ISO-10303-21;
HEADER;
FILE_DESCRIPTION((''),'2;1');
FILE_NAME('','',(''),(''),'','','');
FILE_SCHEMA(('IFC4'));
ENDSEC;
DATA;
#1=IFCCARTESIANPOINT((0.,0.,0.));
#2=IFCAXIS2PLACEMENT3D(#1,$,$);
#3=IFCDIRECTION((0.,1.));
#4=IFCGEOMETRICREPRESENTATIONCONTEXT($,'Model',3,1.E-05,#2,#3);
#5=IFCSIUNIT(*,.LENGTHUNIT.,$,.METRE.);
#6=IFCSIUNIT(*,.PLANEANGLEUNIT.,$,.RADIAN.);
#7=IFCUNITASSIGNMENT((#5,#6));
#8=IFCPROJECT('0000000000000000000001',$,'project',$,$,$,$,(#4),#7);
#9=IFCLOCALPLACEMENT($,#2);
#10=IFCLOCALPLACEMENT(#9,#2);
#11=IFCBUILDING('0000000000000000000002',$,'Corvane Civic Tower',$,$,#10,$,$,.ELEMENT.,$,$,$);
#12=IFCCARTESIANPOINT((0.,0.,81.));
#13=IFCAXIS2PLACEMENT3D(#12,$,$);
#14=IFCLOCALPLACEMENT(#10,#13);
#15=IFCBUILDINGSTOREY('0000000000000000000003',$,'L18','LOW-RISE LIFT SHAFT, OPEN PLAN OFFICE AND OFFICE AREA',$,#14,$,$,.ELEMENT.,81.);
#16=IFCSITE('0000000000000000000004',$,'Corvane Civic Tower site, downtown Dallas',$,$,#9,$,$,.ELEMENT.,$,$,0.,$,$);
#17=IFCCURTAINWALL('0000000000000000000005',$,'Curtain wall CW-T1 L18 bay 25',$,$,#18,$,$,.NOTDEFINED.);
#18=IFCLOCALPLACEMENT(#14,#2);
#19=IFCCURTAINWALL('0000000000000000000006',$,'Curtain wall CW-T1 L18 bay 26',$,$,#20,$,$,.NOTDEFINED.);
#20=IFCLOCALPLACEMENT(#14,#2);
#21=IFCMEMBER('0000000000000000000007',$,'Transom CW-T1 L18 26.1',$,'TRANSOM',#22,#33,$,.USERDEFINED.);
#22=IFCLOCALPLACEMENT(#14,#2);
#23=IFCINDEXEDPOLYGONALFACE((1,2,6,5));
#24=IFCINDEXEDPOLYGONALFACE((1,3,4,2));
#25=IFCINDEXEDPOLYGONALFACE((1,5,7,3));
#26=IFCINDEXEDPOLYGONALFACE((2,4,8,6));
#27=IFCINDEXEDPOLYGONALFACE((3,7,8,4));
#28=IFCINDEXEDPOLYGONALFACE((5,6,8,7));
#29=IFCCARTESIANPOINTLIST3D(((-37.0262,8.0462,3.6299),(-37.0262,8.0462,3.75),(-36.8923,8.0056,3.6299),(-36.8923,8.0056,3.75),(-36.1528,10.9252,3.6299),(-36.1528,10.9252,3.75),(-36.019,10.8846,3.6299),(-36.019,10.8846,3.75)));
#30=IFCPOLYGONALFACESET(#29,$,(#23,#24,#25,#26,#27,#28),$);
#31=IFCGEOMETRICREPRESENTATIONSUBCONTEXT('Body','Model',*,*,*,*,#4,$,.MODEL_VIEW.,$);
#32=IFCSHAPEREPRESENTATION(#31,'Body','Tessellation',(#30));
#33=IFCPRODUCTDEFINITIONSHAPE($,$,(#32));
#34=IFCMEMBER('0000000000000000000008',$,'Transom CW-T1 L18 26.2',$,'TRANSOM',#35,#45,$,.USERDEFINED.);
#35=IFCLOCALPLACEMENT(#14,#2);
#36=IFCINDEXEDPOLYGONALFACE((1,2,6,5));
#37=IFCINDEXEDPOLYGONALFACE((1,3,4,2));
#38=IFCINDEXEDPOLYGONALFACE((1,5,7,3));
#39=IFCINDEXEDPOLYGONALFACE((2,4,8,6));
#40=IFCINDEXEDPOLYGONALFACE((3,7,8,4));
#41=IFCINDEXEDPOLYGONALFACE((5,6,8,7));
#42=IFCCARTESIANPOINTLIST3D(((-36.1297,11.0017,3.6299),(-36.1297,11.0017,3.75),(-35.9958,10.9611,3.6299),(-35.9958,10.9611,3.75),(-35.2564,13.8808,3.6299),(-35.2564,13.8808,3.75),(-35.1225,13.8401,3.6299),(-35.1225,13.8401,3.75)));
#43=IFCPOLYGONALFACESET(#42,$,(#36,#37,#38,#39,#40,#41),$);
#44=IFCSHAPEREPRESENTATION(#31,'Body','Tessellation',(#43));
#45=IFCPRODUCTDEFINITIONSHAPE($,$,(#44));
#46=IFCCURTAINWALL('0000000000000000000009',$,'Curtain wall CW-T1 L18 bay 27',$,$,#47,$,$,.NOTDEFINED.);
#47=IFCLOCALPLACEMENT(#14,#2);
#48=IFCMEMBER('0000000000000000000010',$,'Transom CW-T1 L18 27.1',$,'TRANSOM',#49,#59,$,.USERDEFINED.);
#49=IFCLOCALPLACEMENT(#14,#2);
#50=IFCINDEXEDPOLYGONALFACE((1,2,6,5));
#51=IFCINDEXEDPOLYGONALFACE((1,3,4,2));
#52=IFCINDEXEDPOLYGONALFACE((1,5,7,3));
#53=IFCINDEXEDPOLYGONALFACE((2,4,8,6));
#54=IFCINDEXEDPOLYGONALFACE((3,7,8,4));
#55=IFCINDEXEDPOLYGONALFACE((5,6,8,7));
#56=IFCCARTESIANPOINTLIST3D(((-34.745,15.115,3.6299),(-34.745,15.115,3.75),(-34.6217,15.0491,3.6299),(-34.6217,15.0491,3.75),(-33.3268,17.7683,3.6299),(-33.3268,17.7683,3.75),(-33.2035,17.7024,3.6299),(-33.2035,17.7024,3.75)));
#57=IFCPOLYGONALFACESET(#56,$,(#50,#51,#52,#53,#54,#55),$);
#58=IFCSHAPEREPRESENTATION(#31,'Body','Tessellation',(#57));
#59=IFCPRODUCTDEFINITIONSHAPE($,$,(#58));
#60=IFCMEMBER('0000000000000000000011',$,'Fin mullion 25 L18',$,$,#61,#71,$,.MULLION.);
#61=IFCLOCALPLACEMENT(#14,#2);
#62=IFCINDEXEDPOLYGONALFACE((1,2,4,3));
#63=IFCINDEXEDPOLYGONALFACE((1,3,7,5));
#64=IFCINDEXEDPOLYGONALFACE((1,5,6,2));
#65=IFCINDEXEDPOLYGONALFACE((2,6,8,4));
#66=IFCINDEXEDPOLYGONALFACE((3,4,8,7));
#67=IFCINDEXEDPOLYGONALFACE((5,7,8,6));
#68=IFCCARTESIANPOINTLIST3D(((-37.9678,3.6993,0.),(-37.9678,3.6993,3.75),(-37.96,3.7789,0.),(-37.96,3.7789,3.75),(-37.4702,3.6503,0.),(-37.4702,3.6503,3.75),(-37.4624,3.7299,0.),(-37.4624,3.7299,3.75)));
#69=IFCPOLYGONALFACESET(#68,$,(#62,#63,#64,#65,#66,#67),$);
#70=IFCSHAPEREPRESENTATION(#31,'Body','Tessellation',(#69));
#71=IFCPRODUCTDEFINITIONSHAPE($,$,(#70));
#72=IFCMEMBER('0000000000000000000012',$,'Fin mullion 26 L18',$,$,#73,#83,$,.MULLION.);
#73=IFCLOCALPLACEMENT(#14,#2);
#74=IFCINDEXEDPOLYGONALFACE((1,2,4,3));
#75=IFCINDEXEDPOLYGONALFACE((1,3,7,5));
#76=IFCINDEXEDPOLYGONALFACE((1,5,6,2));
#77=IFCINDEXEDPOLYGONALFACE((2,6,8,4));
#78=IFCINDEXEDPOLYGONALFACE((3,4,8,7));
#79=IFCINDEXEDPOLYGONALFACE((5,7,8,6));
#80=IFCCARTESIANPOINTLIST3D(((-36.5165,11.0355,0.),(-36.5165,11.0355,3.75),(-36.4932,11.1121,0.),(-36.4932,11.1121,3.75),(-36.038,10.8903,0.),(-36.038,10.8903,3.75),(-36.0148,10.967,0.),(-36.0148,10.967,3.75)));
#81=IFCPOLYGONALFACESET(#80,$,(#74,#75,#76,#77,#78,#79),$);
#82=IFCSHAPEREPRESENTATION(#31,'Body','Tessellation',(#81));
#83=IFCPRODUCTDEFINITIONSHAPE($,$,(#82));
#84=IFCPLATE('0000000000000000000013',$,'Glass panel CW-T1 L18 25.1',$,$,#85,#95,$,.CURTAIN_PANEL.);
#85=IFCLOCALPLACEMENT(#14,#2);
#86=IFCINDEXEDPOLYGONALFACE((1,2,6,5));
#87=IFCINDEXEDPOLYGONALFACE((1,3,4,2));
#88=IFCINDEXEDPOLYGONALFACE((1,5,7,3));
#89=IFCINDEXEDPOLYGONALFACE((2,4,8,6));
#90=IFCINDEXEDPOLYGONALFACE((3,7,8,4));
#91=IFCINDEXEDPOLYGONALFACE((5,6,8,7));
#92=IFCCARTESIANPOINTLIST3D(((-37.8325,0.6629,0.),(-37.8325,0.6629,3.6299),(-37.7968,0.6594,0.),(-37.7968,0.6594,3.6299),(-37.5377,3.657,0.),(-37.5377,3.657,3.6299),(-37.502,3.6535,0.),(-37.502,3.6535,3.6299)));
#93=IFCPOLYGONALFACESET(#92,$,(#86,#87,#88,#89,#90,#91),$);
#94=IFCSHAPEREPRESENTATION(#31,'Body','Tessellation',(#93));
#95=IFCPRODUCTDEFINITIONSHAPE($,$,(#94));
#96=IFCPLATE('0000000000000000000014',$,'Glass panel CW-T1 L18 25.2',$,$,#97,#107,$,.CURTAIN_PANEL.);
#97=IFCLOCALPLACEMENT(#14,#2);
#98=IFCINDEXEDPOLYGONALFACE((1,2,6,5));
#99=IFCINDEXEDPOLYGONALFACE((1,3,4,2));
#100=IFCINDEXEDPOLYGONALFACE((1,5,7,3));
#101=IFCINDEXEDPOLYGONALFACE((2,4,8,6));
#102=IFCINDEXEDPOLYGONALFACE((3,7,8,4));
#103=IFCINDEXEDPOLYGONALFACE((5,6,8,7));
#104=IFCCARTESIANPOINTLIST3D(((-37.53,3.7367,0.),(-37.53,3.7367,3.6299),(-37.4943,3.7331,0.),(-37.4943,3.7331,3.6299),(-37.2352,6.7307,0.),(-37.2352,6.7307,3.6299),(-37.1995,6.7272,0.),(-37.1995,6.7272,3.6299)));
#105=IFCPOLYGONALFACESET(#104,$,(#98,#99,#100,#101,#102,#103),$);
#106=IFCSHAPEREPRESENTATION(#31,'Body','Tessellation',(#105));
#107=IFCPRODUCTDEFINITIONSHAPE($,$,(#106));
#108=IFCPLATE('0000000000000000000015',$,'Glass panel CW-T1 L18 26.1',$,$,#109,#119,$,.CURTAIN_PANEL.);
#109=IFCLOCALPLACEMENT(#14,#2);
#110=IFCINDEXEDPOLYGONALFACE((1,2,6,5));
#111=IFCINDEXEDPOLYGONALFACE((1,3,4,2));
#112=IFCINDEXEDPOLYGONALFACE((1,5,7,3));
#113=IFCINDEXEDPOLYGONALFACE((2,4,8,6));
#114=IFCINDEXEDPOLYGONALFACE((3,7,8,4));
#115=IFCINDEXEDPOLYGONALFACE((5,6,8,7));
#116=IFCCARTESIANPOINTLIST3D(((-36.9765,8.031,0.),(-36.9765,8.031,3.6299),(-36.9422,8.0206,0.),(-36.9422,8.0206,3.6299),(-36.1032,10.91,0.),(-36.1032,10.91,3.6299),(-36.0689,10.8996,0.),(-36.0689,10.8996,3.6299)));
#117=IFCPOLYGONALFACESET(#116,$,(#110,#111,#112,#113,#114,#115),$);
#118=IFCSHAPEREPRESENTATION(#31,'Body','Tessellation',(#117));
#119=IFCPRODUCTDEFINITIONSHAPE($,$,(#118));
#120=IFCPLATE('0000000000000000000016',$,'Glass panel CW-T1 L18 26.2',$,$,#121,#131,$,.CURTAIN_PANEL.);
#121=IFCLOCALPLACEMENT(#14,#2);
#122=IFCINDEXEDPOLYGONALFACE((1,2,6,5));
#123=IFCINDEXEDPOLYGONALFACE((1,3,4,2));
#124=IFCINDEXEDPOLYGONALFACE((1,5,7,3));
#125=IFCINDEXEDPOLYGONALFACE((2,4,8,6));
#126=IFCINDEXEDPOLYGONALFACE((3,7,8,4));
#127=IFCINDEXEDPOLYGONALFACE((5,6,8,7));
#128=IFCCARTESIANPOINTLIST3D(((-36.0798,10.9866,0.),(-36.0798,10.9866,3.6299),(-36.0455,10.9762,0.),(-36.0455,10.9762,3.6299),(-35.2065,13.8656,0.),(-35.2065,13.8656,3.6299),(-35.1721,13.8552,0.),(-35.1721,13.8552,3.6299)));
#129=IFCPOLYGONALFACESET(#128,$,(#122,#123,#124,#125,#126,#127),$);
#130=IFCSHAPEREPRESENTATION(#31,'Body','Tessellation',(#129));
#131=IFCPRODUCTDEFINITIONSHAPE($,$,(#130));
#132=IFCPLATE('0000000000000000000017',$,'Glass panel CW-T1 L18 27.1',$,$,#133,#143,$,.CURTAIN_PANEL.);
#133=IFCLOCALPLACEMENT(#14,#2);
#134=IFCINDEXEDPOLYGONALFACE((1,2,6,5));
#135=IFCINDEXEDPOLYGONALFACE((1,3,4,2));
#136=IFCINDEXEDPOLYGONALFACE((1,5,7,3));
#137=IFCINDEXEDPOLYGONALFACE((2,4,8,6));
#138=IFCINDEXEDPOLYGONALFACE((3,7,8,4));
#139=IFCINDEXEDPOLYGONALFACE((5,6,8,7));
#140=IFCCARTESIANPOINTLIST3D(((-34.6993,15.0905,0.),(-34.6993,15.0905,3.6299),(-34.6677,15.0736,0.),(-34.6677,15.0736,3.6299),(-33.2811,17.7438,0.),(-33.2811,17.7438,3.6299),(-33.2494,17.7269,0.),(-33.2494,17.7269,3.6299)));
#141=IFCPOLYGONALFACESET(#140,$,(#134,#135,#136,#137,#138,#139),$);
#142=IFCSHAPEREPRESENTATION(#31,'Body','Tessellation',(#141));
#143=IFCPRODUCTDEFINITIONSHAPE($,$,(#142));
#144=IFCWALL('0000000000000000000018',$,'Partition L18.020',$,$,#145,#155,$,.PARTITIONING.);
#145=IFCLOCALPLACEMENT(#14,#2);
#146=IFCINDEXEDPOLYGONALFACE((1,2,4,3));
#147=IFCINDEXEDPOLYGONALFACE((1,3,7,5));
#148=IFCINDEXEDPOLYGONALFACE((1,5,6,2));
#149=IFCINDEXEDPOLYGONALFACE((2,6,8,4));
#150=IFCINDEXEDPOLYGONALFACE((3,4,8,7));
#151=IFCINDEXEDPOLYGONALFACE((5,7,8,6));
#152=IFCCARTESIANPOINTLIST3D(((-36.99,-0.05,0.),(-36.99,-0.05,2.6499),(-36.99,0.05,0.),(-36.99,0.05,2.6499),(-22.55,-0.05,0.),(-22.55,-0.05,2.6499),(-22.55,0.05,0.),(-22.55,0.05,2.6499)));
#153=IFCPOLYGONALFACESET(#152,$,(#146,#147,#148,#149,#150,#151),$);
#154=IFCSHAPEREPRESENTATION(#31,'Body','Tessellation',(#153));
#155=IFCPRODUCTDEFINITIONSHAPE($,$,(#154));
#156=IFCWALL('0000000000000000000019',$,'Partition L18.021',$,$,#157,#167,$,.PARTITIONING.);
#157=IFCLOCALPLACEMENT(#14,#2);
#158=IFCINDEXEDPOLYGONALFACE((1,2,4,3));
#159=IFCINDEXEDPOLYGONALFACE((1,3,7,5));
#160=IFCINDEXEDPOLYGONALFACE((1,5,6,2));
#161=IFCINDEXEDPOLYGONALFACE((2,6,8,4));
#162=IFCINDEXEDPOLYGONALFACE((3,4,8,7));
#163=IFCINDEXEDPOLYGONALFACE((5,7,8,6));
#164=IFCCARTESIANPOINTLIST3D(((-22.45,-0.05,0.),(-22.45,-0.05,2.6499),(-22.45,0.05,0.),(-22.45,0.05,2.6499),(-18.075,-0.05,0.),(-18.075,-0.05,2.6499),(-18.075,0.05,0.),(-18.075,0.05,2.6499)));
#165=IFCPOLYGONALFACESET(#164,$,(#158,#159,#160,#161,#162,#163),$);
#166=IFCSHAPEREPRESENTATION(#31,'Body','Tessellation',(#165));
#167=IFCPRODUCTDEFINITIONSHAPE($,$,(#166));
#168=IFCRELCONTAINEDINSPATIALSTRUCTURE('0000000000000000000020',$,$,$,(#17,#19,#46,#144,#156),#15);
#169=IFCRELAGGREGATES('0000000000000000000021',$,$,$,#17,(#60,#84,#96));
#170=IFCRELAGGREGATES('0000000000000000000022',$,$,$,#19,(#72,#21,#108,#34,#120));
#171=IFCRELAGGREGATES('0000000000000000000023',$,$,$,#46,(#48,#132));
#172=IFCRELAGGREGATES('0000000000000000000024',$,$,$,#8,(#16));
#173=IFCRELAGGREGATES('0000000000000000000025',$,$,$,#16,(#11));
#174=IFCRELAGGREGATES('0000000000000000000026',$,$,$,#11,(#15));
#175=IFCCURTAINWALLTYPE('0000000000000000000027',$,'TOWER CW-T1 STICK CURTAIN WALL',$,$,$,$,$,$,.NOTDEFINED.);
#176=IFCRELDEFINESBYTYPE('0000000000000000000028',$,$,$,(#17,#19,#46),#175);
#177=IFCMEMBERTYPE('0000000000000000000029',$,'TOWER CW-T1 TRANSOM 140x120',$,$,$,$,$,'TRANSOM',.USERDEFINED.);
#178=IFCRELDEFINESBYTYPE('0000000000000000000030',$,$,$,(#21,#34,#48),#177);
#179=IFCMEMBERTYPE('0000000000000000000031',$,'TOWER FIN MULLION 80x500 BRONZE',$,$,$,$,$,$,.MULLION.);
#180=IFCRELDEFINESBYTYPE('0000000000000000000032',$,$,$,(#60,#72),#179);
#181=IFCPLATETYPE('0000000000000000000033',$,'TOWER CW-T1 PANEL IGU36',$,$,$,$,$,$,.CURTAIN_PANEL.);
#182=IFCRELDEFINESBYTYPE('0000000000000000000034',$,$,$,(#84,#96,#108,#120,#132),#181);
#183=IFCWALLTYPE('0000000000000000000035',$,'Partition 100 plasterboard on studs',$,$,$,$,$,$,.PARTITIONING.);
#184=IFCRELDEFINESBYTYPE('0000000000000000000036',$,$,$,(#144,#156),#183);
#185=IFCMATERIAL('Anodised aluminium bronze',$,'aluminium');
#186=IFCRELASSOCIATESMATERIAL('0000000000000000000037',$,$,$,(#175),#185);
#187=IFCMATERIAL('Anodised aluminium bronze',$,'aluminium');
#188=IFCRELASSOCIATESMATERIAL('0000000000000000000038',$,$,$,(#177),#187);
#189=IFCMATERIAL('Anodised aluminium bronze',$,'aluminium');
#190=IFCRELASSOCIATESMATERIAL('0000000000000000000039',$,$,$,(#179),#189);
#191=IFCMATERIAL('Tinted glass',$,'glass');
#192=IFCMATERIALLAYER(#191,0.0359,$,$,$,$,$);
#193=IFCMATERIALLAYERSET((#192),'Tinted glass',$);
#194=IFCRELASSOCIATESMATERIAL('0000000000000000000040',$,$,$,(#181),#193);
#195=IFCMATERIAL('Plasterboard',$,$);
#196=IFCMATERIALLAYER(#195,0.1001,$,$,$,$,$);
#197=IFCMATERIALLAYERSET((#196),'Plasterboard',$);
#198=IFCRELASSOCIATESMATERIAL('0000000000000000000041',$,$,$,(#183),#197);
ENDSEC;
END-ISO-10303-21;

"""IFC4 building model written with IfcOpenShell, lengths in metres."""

from ifc_helpers import new_model, si_unit, direction, frame, frame_2d, origin, origin_2d, place, context, subcontext, project, spatial, rectangle, extrude, material, layer, layer_set, material_profile, profile_set, type_object, element, aggregate, save


model = new_model("IFC4")

# Units and contexts
model_context = context("Model", 3, precision=1e-05, world=origin(), true_north=direction((0.0, 1.0)))
body_context = subcontext(model_context, "Body", "Model", "MODEL_VIEW")
ifc_project = project(units=[si_unit("LENGTHUNIT", "METRE"), si_unit("PLANEANGLEUNIT", "RADIAN")], contexts=[model_context])

# Site, building, storey
site_placement = place(None, origin())
site = spatial("IfcSite", under=ifc_project, at=site_placement, Name="Corvane Civic Tower site, downtown Dallas", CompositionType="ELEMENT", RefElevation=0.0)
building_placement = place(site_placement, origin())
building = spatial("IfcBuilding", under=site, at=building_placement, Name="Corvane Civic Tower", CompositionType="ELEMENT")
storey_placement = place(building_placement, frame((0.0, 0.0, 81.0)))
storey = spatial("IfcBuildingStorey", under=building, at=storey_placement, Name="L18", Description="LOW-RISE LIFT SHAFT, OPEN PLAN OFFICE AND OFFICE AREA", CompositionType="ELEMENT", Elevation=81.0)

# Curtain walls, members
ifc_material_1 = material(Name="Anodised aluminium bronze", Category="aluminium")
curtain_wall_type = type_object("IfcCurtainWallType", Name="TOWER CW-T1 STICK CURTAIN WALL", PredefinedType="NOTDEFINED", material=ifc_material_1)
curtain_wall_1_placement = place(storey_placement, origin())
curtain_wall_1 = element("IfcCurtainWall", 1, at=curtain_wall_1_placement, inside=storey, type_object=curtain_wall_type, Name="Curtain wall CW-T1 L18 bay 25", PredefinedType="NOTDEFINED")
ifc_material_2 = material(Name="Anodised aluminium bronze", Category="aluminium")
ifc_material_profile_1 = material_profile(ifc_material_2, rectangle(XDim=0.1399, YDim=0.1201, at=origin_2d()), Name="TOWER CW-T1 TRANSOM 140x120")
ifc_profile_set_1 = profile_set([ifc_material_profile_1], Name="Anodised aluminium bronze")
member_type_1 = type_object("IfcMemberType", Name="TOWER CW-T1 TRANSOM 140x120", ElementType="TRANSOM", PredefinedType="USERDEFINED", material=ifc_profile_set_1)
curtain_wall_2_placement = place(storey_placement, origin())
curtain_wall_2 = element("IfcCurtainWall", 2, at=curtain_wall_2_placement, inside=storey, type_object=curtain_wall_type, Name="Curtain wall CW-T1 L18 bay 26", PredefinedType="NOTDEFINED")
member_1_placement = place(storey_placement, frame((-36.9592, 8.0259, 3.6899), z_axis=(0.29028, 0.956942, 0.0), x_axis=(-0.956942, 0.29028, 0.0)))
member_1 = element("IfcMember", 3, at=member_1_placement, type_object=member_type_1, Name="Transom CW-T1 L18 26.1", ObjectType="TRANSOM", PredefinedType="USERDEFINED", context=body_context, shape_type="SweptSolid", body=[
    extrude(rectangle(XDim=0.1399, YDim=0.1201, at=origin_2d()), origin(), (0.0, 0.0, 1.0), 3.0085),
])
member_2_placement = place(storey_placement, frame((-36.0627, 10.9814, 3.6899), z_axis=(0.29028, 0.956942, 0.0), x_axis=(-0.956942, 0.29028, 0.0)))
member_2 = element("IfcMember", 4, at=member_2_placement, type_object=member_type_1, Name="Transom CW-T1 L18 26.2", ObjectType="TRANSOM", PredefinedType="USERDEFINED", context=body_context, shape_type="SweptSolid", body=[
    extrude(rectangle(XDim=0.1399, YDim=0.1201, at=origin_2d()), origin(), (0.0, 0.0, 1.0), 3.0085),
])

# Curtain wall, member
curtain_wall_3_placement = place(storey_placement, origin())
curtain_wall_3 = element("IfcCurtainWall", 5, at=curtain_wall_3_placement, inside=storey, type_object=curtain_wall_type, Name="Curtain wall CW-T1 L18 bay 27", PredefinedType="NOTDEFINED")
member_3_placement = place(storey_placement, frame((-34.6833, 15.082, 3.6899), z_axis=(0.471393, 0.881924, 0.0), x_axis=(-0.881924, 0.471393, 0.0)))
member_3 = element("IfcMember", 6, at=member_3_placement, type_object=member_type_1, Name="Transom CW-T1 L18 27.1", ObjectType="TRANSOM", PredefinedType="USERDEFINED", context=body_context, shape_type="SweptSolid", body=[
    extrude(rectangle(XDim=0.1399, YDim=0.1201, at=origin_2d()), origin(), (0.0, 0.0, 1.0), 3.0085),
])

# Members
ifc_material_3 = material(Name="Anodised aluminium bronze", Category="aluminium")
ifc_material_profile_2 = material_profile(ifc_material_3, rectangle(XDim=0.0801, YDim=0.5, at=origin_2d()), Name="TOWER FIN MULLION 80x500 BRONZE")
ifc_profile_set_2 = profile_set([ifc_material_profile_2], Name="Anodised aluminium bronze")
member_type_2 = type_object("IfcMemberType", Name="TOWER FIN MULLION 80x500 BRONZE", PredefinedType="MULLION", material=ifc_profile_set_2)
member_4_placement = place(storey_placement, frame((-37.7151, 3.7146, 0.0), z_axis=(0.0, 0.0, 1.0), x_axis=(0.098006, 0.995186, 0.0)))
member_4 = element("IfcMember", 7, at=member_4_placement, type_object=member_type_2, Name="Fin mullion 25 L18", PredefinedType="MULLION", context=body_context, shape_type="SweptSolid", body=[
    extrude(rectangle(XDim=0.0801, YDim=0.5, at=origin_2d()), origin(), (0.0, 0.0, 1.0), 3.75),
])
member_5_placement = place(storey_placement, frame((-36.2656, 11.0012, 0.0), z_axis=(0.0, 0.0, 1.0), x_axis=(0.290278, 0.956942, 0.0)))
member_5 = element("IfcMember", 8, at=member_5_placement, type_object=member_type_2, Name="Fin mullion 26 L18", PredefinedType="MULLION", context=body_context, shape_type="SweptSolid", body=[
    extrude(rectangle(XDim=0.0801, YDim=0.5, at=origin_2d()), origin(), (0.0, 0.0, 1.0), 3.75),
])

# Plates
ifc_material_4 = material(Name="Tinted glass", Category="glass")
ifc_layer_1 = layer(ifc_material_4, 0.0359)
ifc_layer_set_1 = layer_set([ifc_layer_1], Name="Tinted glass")
plate_type = type_object("IfcPlateType", Name="TOWER CW-T1 PANEL IGU36", PredefinedType="CURTAIN_PANEL", material=ifc_layer_set_1)
plate_1_placement = place(storey_placement, frame((-37.6672, 2.1582, 0.0), z_axis=(0.0, 0.0, 1.0), x_axis=(0.098006, 0.995186, 0.0)))
plate_1 = element("IfcPlate", 9, at=plate_1_placement, type_object=plate_type, Name="Glass panel CW-T1 L18 25.1", PredefinedType="CURTAIN_PANEL", context=body_context, shape_type="SweptSolid", body=[
    extrude(rectangle(XDim=3.0085, YDim=0.0359, at=origin_2d()), origin(), (0.0, 0.0, 1.0), 3.6299),
])
plate_2_placement = place(storey_placement, frame((-37.3647, 5.2319, 0.0), z_axis=(0.0, 0.0, 1.0), x_axis=(0.098006, 0.995186, 0.0)))
plate_2 = element("IfcPlate", 10, at=plate_2_placement, type_object=plate_type, Name="Glass panel CW-T1 L18 25.2", PredefinedType="CURTAIN_PANEL", context=body_context, shape_type="SweptSolid", body=[
    extrude(rectangle(XDim=3.0085, YDim=0.0359, at=origin_2d()), origin(), (0.0, 0.0, 1.0), 3.6299),
])
aggregate(curtain_wall_1, [member_4, plate_1, plate_2])
plate_3_placement = place(storey_placement, frame((-36.5227, 9.4653, 0.0), z_axis=(0.0, 0.0, 1.0), x_axis=(0.290278, 0.956942, 0.0)))
plate_3 = element("IfcPlate", 11, at=plate_3_placement, type_object=plate_type, Name="Glass panel CW-T1 L18 26.1", PredefinedType="CURTAIN_PANEL", context=body_context, shape_type="SweptSolid", body=[
    extrude(rectangle(XDim=3.0085, YDim=0.0359, at=origin_2d()), origin(), (0.0, 0.0, 1.0), 3.6299),
])
plate_4_placement = place(storey_placement, frame((-35.626, 12.4209, 0.0), z_axis=(0.0, 0.0, 1.0), x_axis=(0.290278, 0.956942, 0.0)))
plate_4 = element("IfcPlate", 12, at=plate_4_placement, type_object=plate_type, Name="Glass panel CW-T1 L18 26.2", PredefinedType="CURTAIN_PANEL", context=body_context, shape_type="SweptSolid", body=[
    extrude(rectangle(XDim=3.0085, YDim=0.0359, at=origin_2d()), origin(), (0.0, 0.0, 1.0), 3.6299),
])
aggregate(curtain_wall_2, [member_5, member_1, plate_3, member_2, plate_4])
plate_5_placement = place(storey_placement, frame((-33.9744, 16.4087, 0.0), z_axis=(0.0, 0.0, 1.0), x_axis=(0.471404, 0.881918, 0.0)))
plate_5 = element("IfcPlate", 13, at=plate_5_placement, type_object=plate_type, Name="Glass panel CW-T1 L18 27.1", PredefinedType="CURTAIN_PANEL", context=body_context, shape_type="SweptSolid", body=[
    extrude(rectangle(XDim=3.0085, YDim=0.0359, at=origin_2d()), origin(), (0.0, 0.0, 1.0), 3.6299),
])
aggregate(curtain_wall_3, [member_3, plate_5])

# Walls
ifc_material_5 = material(Name="Plasterboard")
ifc_layer_2 = layer(ifc_material_5, 0.1001)
ifc_layer_set_2 = layer_set([ifc_layer_2], Name="Plasterboard")
wall_type = type_object("IfcWallType", Name="Partition 100 plasterboard on studs", PredefinedType="PARTITIONING", material=ifc_layer_set_2)
wall_1_placement = place(storey_placement, frame((-36.99, 0.0, 0.0), z_axis=(0.0, 0.0, 1.0), x_axis=(1.0, 0.0, 0.0)))
element("IfcWall", 14, at=wall_1_placement, inside=storey, type_object=wall_type, Name="Partition L18.020", PredefinedType="PARTITIONING", context=body_context, shape_type="SweptSolid", body=[
    extrude(rectangle(XDim=14.4399, YDim=0.1001, at=frame_2d((7.22, 0.0))), origin(), (0.0, 0.0, 1.0), 2.6499),
])
wall_2_placement = place(storey_placement, frame((-22.45, 0.0, 0.0), z_axis=(0.0, 0.0, 1.0), x_axis=(1.0, 0.0, 0.0)))
element("IfcWall", 15, at=wall_2_placement, inside=storey, type_object=wall_type, Name="Partition L18.021", PredefinedType="PARTITIONING", context=body_context, shape_type="SweptSolid", body=[
    extrude(rectangle(XDim=4.375, YDim=0.1001, at=frame_2d((2.1875, 0.0))), origin(), (0.0, 0.0, 1.0), 2.6499),
])

save(model, "model.ifc")
